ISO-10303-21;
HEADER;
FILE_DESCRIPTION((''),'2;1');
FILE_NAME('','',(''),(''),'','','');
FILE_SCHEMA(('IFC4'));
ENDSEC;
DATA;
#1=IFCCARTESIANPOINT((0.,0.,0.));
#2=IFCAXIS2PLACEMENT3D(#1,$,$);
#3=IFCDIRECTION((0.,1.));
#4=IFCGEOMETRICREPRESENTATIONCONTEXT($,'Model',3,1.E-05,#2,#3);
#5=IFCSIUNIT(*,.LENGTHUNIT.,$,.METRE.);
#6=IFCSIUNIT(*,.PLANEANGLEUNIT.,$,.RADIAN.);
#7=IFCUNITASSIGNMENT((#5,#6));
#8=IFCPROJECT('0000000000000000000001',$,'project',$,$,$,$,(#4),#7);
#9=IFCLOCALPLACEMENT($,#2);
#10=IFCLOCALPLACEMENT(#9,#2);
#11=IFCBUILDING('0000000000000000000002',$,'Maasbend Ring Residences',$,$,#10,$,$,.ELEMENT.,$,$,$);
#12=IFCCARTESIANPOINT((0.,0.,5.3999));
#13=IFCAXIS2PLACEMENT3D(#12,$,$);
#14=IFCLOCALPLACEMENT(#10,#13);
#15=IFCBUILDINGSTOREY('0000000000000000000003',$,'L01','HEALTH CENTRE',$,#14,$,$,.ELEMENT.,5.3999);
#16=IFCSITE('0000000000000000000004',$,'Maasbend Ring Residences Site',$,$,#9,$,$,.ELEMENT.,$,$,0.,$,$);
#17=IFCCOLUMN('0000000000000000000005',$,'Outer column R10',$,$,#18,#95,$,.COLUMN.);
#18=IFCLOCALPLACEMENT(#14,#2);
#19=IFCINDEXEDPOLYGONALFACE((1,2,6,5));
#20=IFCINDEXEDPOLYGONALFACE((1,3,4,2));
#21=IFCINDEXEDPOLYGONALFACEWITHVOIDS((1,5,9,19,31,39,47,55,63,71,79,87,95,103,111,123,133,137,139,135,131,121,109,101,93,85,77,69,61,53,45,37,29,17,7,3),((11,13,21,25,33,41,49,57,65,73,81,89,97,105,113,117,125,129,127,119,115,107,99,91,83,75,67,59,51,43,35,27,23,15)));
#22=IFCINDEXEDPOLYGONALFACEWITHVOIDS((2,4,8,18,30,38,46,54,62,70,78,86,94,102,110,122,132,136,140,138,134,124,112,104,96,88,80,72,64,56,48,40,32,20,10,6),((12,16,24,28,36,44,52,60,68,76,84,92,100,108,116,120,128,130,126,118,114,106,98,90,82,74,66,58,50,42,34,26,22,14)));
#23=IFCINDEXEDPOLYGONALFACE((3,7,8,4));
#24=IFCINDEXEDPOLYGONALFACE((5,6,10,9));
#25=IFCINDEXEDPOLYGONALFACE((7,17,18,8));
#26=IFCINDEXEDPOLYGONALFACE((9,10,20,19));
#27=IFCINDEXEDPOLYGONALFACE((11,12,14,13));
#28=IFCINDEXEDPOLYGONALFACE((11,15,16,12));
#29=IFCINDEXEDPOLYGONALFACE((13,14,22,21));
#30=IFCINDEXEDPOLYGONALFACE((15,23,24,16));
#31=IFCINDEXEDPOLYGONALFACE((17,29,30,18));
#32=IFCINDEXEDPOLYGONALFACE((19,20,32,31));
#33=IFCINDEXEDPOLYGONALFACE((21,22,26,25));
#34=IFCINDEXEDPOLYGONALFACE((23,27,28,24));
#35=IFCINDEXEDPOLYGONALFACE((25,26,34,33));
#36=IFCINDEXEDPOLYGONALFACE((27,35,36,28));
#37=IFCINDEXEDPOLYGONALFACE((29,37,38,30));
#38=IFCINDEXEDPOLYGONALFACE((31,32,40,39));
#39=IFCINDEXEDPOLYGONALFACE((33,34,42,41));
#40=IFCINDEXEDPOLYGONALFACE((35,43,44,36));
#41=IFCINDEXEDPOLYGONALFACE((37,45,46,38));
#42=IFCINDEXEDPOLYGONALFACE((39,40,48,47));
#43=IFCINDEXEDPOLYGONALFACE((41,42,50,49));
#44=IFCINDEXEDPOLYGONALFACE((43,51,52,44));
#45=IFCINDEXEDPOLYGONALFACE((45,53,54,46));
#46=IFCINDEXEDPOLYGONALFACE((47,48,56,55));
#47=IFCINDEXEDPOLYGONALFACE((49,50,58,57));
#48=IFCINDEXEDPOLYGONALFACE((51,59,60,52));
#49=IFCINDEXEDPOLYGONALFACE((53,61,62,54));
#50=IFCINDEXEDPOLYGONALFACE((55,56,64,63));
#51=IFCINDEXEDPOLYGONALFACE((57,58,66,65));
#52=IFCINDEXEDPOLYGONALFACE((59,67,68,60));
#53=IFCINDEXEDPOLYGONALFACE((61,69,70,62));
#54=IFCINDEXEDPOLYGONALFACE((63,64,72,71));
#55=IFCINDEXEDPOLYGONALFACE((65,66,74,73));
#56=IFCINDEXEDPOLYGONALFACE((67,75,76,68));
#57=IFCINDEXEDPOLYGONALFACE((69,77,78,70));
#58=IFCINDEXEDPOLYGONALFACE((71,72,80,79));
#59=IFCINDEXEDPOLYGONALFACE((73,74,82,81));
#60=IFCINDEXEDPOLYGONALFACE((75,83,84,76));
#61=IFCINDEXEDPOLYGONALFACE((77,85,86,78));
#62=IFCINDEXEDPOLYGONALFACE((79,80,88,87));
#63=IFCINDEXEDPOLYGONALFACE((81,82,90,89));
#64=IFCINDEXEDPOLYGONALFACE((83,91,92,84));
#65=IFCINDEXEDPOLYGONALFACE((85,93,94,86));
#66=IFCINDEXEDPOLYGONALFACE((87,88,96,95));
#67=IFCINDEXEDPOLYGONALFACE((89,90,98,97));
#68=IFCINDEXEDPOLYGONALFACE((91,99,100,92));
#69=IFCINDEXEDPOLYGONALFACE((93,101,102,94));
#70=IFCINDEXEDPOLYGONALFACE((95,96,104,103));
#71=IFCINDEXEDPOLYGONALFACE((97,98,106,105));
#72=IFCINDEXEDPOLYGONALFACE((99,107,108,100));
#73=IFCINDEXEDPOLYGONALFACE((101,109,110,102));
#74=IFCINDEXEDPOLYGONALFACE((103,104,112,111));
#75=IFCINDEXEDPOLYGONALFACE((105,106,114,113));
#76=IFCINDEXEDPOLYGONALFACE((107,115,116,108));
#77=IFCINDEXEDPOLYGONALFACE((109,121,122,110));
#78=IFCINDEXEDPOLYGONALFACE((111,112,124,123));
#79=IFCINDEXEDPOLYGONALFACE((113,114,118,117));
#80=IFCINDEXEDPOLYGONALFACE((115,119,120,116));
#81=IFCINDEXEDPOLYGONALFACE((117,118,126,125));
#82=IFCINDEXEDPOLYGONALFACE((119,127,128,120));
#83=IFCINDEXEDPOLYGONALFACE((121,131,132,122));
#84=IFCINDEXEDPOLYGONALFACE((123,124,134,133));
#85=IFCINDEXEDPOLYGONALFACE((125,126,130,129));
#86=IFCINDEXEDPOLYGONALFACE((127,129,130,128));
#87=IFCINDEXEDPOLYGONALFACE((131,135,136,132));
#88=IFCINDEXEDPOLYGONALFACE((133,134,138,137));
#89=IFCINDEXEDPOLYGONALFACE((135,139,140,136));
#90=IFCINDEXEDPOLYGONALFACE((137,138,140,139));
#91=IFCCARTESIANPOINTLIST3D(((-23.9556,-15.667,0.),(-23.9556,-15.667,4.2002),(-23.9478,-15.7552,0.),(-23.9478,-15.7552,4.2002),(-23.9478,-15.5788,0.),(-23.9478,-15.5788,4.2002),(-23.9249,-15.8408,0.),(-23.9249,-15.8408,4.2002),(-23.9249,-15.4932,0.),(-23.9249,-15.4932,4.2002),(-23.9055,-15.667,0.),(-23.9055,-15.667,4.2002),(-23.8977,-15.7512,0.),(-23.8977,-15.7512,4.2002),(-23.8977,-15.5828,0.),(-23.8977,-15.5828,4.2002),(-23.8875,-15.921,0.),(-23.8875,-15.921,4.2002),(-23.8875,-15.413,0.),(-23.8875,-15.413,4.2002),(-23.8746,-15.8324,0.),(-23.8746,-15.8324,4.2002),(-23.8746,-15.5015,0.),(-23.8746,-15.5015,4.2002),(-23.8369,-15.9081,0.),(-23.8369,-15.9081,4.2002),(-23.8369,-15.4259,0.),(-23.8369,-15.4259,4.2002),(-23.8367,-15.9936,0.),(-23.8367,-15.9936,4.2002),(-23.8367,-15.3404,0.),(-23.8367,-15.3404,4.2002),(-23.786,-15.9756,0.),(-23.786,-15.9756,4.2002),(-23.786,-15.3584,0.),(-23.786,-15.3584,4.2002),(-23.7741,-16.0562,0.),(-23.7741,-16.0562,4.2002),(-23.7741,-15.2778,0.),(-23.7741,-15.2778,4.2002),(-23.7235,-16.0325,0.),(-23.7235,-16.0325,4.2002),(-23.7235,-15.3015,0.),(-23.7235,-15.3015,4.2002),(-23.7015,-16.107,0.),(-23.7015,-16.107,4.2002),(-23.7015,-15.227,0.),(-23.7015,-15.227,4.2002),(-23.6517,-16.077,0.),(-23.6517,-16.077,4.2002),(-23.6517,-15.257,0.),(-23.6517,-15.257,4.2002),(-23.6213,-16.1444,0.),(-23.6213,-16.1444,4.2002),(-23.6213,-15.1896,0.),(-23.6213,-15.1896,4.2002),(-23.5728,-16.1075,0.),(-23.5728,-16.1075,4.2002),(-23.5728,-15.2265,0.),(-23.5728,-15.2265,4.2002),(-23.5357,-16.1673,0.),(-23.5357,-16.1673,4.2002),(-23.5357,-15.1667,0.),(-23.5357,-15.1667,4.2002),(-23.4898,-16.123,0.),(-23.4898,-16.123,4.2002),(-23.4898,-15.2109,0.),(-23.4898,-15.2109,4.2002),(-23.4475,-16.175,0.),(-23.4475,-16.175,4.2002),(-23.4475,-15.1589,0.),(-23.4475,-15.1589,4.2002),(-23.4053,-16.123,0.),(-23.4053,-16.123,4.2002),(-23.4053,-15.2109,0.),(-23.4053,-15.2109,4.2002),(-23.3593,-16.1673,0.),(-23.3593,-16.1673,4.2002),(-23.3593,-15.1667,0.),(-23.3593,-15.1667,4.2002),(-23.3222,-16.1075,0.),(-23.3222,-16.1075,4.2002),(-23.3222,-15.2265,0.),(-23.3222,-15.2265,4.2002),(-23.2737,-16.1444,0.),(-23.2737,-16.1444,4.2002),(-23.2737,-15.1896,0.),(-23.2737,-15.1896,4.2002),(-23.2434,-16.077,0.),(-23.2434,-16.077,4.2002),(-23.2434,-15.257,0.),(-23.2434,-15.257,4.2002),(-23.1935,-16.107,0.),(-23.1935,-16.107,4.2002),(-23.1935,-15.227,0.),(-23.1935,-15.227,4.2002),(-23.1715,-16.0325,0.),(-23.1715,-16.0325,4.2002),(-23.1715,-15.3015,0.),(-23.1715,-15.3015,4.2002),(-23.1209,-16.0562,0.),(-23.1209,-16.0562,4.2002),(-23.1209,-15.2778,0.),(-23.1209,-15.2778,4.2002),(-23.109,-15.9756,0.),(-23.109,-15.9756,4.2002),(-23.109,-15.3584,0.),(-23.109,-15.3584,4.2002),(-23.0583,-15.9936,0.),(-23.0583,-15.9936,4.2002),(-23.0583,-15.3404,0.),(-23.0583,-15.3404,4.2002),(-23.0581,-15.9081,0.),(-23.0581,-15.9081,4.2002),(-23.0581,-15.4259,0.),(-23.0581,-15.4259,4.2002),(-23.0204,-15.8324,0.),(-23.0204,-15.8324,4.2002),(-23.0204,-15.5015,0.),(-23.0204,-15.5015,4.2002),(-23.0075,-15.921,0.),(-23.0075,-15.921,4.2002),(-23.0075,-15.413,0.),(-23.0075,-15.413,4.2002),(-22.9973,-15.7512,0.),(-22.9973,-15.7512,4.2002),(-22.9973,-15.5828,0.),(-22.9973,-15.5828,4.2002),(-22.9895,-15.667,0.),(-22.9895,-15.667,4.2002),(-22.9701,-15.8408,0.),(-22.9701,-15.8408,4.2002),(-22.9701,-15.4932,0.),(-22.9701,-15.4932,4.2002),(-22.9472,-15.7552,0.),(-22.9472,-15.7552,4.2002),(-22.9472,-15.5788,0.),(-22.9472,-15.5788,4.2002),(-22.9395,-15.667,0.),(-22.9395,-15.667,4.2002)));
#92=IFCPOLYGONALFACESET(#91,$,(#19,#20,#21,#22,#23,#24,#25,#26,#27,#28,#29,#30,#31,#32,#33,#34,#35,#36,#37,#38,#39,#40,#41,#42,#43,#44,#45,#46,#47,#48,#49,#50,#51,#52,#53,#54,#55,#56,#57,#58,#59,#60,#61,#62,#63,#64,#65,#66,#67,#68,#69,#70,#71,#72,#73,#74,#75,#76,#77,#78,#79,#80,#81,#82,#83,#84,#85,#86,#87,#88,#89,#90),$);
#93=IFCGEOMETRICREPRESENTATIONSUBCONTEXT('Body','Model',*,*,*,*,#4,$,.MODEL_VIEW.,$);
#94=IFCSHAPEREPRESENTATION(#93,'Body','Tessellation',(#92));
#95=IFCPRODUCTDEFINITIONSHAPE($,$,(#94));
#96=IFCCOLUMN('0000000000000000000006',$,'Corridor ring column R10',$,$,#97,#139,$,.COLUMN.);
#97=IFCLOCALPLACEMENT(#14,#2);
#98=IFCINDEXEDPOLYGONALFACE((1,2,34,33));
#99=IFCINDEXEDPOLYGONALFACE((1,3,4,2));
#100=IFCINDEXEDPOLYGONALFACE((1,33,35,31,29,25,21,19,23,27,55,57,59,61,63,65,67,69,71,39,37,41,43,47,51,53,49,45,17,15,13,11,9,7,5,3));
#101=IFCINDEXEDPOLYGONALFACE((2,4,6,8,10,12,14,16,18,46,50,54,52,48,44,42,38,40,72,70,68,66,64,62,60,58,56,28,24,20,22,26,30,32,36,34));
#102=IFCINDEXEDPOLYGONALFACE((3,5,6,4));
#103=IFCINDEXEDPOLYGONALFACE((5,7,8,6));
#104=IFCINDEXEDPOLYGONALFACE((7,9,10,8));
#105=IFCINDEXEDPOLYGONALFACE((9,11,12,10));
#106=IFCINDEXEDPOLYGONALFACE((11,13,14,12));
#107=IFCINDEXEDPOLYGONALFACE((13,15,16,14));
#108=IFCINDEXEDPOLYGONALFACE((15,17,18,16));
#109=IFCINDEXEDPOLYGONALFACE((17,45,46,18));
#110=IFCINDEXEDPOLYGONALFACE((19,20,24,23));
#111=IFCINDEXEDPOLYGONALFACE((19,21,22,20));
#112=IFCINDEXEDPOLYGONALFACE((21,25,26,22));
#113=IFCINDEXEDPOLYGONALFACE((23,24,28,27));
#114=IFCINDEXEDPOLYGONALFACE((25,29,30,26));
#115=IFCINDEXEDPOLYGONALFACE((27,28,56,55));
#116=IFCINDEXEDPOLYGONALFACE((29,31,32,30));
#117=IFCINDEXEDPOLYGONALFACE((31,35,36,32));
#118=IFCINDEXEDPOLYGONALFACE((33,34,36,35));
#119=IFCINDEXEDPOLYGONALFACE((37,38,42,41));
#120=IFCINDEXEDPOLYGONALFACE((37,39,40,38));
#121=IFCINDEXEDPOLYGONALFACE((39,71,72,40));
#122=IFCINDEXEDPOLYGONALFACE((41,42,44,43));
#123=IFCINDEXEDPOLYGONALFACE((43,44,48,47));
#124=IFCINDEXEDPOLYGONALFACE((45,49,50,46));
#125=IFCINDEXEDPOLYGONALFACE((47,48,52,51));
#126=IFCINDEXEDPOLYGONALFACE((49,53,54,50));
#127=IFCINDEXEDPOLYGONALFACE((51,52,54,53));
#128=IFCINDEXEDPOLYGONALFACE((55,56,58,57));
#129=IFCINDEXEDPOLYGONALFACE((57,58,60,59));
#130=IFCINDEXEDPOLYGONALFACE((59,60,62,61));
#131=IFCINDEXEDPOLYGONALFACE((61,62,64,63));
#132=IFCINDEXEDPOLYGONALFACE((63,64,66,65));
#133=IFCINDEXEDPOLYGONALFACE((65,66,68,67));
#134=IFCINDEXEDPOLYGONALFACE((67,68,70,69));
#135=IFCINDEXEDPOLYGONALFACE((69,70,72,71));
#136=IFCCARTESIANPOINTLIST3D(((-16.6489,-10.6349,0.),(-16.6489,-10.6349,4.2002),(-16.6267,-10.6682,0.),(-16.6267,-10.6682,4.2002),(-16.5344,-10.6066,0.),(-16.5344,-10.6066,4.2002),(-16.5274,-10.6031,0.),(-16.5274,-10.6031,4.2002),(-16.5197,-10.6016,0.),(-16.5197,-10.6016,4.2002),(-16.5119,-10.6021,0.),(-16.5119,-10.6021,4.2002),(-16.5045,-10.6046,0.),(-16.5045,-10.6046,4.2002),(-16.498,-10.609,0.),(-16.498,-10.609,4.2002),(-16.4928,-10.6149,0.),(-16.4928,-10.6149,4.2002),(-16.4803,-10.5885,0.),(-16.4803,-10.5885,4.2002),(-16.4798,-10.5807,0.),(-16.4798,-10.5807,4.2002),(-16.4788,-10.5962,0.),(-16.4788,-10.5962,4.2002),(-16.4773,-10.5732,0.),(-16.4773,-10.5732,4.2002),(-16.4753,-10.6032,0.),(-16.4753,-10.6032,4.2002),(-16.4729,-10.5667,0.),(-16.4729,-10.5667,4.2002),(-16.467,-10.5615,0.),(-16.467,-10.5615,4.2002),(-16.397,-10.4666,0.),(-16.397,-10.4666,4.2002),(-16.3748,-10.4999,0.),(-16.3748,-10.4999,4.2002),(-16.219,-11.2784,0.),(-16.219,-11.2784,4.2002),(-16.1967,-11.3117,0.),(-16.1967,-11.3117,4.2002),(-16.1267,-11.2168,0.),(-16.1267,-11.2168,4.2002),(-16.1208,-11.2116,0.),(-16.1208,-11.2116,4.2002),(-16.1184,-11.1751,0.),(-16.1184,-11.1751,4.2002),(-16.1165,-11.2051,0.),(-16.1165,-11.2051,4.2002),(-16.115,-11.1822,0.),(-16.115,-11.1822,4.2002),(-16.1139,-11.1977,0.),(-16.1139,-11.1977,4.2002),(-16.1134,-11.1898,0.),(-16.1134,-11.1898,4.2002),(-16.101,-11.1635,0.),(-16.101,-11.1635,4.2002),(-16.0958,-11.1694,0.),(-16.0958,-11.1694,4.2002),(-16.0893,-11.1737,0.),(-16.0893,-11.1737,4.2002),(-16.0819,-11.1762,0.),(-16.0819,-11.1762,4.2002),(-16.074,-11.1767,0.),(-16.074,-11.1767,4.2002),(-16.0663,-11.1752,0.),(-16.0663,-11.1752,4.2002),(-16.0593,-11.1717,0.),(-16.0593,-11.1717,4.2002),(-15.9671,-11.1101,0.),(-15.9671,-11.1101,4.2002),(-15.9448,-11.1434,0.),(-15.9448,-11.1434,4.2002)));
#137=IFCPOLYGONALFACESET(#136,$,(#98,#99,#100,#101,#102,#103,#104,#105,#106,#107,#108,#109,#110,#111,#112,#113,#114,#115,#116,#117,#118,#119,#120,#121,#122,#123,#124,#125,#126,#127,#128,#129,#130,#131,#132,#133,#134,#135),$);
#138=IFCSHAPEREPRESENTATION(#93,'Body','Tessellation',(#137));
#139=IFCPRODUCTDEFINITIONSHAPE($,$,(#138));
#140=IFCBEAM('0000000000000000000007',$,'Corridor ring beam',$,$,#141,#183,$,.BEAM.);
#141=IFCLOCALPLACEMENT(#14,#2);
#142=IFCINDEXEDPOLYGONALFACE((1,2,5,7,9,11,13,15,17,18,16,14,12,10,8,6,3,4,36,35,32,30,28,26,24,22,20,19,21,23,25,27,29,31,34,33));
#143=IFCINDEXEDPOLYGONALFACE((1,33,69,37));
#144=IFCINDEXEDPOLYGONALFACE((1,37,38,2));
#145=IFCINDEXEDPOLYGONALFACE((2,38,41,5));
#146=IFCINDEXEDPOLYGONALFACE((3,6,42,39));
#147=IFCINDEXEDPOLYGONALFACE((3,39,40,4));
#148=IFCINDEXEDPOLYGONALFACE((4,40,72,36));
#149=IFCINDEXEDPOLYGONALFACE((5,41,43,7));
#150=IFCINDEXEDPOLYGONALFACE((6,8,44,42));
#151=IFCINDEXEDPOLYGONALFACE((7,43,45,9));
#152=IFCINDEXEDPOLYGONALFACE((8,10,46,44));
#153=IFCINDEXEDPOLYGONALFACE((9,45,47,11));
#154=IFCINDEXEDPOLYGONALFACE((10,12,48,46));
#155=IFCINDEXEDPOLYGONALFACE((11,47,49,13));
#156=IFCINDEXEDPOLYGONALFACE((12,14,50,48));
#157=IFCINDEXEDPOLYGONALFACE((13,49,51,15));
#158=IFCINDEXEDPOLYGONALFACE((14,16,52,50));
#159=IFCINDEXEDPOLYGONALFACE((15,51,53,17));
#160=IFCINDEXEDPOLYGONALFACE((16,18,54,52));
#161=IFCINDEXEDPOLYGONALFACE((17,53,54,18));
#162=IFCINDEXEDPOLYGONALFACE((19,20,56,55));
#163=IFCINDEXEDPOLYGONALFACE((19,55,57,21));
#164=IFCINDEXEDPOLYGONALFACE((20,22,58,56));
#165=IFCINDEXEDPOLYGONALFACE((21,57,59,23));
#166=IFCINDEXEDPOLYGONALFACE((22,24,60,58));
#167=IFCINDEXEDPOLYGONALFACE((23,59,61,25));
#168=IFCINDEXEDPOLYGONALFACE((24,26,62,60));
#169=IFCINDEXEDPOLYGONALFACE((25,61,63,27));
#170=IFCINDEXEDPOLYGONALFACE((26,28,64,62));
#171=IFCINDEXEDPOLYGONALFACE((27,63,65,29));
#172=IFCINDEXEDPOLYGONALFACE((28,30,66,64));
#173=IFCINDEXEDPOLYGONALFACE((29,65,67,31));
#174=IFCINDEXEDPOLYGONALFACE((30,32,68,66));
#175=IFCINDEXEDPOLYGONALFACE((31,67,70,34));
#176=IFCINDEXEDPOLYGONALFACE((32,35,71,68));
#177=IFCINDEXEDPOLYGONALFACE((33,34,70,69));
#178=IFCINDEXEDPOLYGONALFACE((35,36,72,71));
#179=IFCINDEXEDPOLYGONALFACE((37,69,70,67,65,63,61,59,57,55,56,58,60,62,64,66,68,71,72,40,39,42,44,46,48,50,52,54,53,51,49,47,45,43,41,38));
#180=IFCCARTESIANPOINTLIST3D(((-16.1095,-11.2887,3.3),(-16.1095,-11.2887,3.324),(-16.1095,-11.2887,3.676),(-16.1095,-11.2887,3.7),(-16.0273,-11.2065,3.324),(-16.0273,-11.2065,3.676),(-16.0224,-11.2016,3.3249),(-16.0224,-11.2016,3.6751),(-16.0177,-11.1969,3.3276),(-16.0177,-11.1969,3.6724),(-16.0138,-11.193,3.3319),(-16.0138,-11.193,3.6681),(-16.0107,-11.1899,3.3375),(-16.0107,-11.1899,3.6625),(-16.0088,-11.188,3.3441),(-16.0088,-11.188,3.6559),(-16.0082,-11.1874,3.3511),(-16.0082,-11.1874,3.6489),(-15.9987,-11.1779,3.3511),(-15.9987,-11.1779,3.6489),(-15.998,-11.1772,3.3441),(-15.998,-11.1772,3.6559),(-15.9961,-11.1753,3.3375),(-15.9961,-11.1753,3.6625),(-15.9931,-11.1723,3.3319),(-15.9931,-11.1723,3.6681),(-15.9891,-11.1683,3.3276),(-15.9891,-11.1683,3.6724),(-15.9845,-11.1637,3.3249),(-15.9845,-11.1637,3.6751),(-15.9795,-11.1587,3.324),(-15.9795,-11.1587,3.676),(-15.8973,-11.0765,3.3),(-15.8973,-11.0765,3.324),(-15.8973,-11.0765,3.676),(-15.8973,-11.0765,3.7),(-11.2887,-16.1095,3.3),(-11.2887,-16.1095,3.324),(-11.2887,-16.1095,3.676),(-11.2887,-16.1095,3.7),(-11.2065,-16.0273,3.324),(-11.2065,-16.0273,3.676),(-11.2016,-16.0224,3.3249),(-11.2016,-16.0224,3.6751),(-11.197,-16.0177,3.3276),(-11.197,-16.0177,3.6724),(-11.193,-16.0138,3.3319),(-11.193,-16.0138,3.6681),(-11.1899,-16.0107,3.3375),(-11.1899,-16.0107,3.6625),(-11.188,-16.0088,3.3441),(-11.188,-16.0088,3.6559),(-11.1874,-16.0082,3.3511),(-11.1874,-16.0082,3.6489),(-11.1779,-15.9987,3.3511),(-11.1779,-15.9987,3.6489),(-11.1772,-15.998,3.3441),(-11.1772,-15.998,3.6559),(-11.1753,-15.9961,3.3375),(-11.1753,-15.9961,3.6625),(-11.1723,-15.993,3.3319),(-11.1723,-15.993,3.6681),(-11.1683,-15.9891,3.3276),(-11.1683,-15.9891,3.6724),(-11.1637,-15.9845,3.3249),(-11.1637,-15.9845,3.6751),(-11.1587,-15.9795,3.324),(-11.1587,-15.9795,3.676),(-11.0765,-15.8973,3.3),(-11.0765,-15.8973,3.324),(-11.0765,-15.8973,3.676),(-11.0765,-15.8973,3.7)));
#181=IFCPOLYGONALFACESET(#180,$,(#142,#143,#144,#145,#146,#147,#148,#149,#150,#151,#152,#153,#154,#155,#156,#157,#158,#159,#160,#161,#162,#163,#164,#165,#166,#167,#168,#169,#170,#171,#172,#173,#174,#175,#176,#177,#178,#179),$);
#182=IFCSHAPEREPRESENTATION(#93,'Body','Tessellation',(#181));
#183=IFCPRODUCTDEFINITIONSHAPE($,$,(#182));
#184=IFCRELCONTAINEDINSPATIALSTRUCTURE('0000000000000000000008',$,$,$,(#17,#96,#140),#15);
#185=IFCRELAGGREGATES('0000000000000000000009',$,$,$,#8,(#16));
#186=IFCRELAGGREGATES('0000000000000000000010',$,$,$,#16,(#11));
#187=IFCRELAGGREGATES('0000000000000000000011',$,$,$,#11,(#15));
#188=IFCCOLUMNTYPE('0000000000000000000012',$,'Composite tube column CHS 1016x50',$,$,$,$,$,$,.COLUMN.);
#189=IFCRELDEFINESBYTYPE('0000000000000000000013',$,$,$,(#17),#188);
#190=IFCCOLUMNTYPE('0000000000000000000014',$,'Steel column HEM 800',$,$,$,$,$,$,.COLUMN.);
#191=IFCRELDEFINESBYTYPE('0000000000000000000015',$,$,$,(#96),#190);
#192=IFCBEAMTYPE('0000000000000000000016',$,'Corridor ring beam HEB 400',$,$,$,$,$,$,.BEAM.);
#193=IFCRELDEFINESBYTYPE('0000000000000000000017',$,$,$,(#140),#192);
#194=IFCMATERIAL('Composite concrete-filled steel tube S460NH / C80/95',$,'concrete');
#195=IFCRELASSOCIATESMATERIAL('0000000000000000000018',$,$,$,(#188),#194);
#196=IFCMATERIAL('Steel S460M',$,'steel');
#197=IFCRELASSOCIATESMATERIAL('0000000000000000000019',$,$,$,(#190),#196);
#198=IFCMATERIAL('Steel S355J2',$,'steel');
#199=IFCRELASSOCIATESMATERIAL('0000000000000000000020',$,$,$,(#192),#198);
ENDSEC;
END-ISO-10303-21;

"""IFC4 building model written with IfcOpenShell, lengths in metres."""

from ifc_helpers import new_model, si_unit, direction, frame, origin, origin_2d, place, context, subcontext, project, spatial, hollow_circle, i_section, extrude, material, material_profile, profile_set, type_object, element, save


model = new_model("IFC4")

# Units and contexts
model_context = context("Model", 3, precision=1e-05, world=origin(), true_north=direction((0.0, 1.0)))
body_context = subcontext(model_context, "Body", "Model", "MODEL_VIEW")
ifc_project = project(units=[si_unit("LENGTHUNIT", "METRE"), si_unit("PLANEANGLEUNIT", "RADIAN")], contexts=[model_context])

# Site, building, storey
site_placement = place(None, origin())
site = spatial("IfcSite", under=ifc_project, at=site_placement, Name="Maasbend Ring Residences Site", CompositionType="ELEMENT", RefElevation=0.0)
building_placement = place(site_placement, origin())
building = spatial("IfcBuilding", under=site, at=building_placement, Name="Maasbend Ring Residences", CompositionType="ELEMENT")
storey_placement = place(building_placement, frame((0.0, 0.0, 5.3999)))
storey = spatial("IfcBuildingStorey", under=building, at=storey_placement, Name="L01", Description="HEALTH CENTRE", CompositionType="ELEMENT", Elevation=5.3999)

# Columns
ifc_material_1 = material(Name="Composite concrete-filled steel tube S460NH / C80/95", Category="concrete")
ifc_material_profile_1 = material_profile(ifc_material_1, hollow_circle(Radius=0.5081, WallThickness=0.05, at=origin_2d()), Name="Composite tube column CHS 1016x50")
ifc_profile_set_1 = profile_set([ifc_material_profile_1], Name="Composite concrete-filled steel tube S460NH / C80/95")
column_type_1 = type_object("IfcColumnType", Name="Composite tube column CHS 1016x50", PredefinedType="COLUMN", material=ifc_profile_set_1)
column_1_placement = place(storey_placement, frame((-23.4475, -15.667, 0.0), z_axis=(0.0, 0.0, 1.0), x_axis=(1.0, 0.0, 0.0)))
element("IfcColumn", 1, at=column_1_placement, inside=storey, type_object=column_type_1, Name="Outer column R10", PredefinedType="COLUMN", context=body_context, shape_type="SweptSolid", body=[
    extrude(hollow_circle(Radius=0.5081, WallThickness=0.05, at=origin_2d()), origin(), (0.0, 0.0, 1.0), 4.2002),
])
ifc_material_2 = material(Name="Steel S460M", Category="steel")
ifc_material_profile_2 = material_profile(ifc_material_2, i_section(OverallWidth=0.303, OverallDepth=0.814, WebThickness=0.021, FlangeThickness=0.04, FilletRadius=0.03, at=origin_2d()), Name="HEM 800")
ifc_profile_set_2 = profile_set([ifc_material_profile_2], Name="Steel S460M")
column_type_2 = type_object("IfcColumnType", Name="Steel column HEM 800", PredefinedType="COLUMN", material=ifc_profile_set_2)
column_2_placement = place(storey_placement, frame((-16.2969, -10.8892, 0.0), z_axis=(0.0, 0.0, 1.0), x_axis=(-0.83147, -0.55557, 0.0)))
element("IfcColumn", 2, at=column_2_placement, inside=storey, type_object=column_type_2, Name="Corridor ring column R10", PredefinedType="COLUMN", context=body_context, shape_type="SweptSolid", body=[
    extrude(i_section(OverallWidth=0.303, OverallDepth=0.814, WebThickness=0.021, FlangeThickness=0.04, FilletRadius=0.03, at=origin_2d()), origin(), (0.0, 0.0, 1.0), 4.2002),
])

# Beam
ifc_material_3 = material(Name="Steel S355J2", Category="steel")
ifc_material_profile_3 = material_profile(ifc_material_3, i_section(OverallWidth=0.3, OverallDepth=0.3999, WebThickness=0.0134, FlangeThickness=0.0239, FilletRadius=0.0271, at=origin_2d()), Name="HEB 400")
ifc_profile_set_3 = profile_set([ifc_material_profile_3], Name="Steel S355J2")
beam_type_1 = type_object("IfcBeamType", Name="Corridor ring beam HEB 400", PredefinedType="BEAM", material=ifc_profile_set_3)
beam_1_placement = place(storey_placement, frame((-16.0034, -11.1826, 3.5), z_axis=(0.707107, -0.707107, 0.0), x_axis=(0.707107, 0.707107, 0.0)))
element("IfcBeam", 3, at=beam_1_placement, inside=storey, type_object=beam_type_1, Name="Corridor ring beam", PredefinedType="BEAM", context=body_context, shape_type="SweptSolid", body=[
    extrude(i_section(OverallWidth=0.3, OverallDepth=0.3999, WebThickness=0.0134, FlangeThickness=0.0239, FilletRadius=0.0271, at=origin_2d()), origin(), (0.0, 0.0, 1.0), 6.8176),
])

save(model, "model.ifc")
